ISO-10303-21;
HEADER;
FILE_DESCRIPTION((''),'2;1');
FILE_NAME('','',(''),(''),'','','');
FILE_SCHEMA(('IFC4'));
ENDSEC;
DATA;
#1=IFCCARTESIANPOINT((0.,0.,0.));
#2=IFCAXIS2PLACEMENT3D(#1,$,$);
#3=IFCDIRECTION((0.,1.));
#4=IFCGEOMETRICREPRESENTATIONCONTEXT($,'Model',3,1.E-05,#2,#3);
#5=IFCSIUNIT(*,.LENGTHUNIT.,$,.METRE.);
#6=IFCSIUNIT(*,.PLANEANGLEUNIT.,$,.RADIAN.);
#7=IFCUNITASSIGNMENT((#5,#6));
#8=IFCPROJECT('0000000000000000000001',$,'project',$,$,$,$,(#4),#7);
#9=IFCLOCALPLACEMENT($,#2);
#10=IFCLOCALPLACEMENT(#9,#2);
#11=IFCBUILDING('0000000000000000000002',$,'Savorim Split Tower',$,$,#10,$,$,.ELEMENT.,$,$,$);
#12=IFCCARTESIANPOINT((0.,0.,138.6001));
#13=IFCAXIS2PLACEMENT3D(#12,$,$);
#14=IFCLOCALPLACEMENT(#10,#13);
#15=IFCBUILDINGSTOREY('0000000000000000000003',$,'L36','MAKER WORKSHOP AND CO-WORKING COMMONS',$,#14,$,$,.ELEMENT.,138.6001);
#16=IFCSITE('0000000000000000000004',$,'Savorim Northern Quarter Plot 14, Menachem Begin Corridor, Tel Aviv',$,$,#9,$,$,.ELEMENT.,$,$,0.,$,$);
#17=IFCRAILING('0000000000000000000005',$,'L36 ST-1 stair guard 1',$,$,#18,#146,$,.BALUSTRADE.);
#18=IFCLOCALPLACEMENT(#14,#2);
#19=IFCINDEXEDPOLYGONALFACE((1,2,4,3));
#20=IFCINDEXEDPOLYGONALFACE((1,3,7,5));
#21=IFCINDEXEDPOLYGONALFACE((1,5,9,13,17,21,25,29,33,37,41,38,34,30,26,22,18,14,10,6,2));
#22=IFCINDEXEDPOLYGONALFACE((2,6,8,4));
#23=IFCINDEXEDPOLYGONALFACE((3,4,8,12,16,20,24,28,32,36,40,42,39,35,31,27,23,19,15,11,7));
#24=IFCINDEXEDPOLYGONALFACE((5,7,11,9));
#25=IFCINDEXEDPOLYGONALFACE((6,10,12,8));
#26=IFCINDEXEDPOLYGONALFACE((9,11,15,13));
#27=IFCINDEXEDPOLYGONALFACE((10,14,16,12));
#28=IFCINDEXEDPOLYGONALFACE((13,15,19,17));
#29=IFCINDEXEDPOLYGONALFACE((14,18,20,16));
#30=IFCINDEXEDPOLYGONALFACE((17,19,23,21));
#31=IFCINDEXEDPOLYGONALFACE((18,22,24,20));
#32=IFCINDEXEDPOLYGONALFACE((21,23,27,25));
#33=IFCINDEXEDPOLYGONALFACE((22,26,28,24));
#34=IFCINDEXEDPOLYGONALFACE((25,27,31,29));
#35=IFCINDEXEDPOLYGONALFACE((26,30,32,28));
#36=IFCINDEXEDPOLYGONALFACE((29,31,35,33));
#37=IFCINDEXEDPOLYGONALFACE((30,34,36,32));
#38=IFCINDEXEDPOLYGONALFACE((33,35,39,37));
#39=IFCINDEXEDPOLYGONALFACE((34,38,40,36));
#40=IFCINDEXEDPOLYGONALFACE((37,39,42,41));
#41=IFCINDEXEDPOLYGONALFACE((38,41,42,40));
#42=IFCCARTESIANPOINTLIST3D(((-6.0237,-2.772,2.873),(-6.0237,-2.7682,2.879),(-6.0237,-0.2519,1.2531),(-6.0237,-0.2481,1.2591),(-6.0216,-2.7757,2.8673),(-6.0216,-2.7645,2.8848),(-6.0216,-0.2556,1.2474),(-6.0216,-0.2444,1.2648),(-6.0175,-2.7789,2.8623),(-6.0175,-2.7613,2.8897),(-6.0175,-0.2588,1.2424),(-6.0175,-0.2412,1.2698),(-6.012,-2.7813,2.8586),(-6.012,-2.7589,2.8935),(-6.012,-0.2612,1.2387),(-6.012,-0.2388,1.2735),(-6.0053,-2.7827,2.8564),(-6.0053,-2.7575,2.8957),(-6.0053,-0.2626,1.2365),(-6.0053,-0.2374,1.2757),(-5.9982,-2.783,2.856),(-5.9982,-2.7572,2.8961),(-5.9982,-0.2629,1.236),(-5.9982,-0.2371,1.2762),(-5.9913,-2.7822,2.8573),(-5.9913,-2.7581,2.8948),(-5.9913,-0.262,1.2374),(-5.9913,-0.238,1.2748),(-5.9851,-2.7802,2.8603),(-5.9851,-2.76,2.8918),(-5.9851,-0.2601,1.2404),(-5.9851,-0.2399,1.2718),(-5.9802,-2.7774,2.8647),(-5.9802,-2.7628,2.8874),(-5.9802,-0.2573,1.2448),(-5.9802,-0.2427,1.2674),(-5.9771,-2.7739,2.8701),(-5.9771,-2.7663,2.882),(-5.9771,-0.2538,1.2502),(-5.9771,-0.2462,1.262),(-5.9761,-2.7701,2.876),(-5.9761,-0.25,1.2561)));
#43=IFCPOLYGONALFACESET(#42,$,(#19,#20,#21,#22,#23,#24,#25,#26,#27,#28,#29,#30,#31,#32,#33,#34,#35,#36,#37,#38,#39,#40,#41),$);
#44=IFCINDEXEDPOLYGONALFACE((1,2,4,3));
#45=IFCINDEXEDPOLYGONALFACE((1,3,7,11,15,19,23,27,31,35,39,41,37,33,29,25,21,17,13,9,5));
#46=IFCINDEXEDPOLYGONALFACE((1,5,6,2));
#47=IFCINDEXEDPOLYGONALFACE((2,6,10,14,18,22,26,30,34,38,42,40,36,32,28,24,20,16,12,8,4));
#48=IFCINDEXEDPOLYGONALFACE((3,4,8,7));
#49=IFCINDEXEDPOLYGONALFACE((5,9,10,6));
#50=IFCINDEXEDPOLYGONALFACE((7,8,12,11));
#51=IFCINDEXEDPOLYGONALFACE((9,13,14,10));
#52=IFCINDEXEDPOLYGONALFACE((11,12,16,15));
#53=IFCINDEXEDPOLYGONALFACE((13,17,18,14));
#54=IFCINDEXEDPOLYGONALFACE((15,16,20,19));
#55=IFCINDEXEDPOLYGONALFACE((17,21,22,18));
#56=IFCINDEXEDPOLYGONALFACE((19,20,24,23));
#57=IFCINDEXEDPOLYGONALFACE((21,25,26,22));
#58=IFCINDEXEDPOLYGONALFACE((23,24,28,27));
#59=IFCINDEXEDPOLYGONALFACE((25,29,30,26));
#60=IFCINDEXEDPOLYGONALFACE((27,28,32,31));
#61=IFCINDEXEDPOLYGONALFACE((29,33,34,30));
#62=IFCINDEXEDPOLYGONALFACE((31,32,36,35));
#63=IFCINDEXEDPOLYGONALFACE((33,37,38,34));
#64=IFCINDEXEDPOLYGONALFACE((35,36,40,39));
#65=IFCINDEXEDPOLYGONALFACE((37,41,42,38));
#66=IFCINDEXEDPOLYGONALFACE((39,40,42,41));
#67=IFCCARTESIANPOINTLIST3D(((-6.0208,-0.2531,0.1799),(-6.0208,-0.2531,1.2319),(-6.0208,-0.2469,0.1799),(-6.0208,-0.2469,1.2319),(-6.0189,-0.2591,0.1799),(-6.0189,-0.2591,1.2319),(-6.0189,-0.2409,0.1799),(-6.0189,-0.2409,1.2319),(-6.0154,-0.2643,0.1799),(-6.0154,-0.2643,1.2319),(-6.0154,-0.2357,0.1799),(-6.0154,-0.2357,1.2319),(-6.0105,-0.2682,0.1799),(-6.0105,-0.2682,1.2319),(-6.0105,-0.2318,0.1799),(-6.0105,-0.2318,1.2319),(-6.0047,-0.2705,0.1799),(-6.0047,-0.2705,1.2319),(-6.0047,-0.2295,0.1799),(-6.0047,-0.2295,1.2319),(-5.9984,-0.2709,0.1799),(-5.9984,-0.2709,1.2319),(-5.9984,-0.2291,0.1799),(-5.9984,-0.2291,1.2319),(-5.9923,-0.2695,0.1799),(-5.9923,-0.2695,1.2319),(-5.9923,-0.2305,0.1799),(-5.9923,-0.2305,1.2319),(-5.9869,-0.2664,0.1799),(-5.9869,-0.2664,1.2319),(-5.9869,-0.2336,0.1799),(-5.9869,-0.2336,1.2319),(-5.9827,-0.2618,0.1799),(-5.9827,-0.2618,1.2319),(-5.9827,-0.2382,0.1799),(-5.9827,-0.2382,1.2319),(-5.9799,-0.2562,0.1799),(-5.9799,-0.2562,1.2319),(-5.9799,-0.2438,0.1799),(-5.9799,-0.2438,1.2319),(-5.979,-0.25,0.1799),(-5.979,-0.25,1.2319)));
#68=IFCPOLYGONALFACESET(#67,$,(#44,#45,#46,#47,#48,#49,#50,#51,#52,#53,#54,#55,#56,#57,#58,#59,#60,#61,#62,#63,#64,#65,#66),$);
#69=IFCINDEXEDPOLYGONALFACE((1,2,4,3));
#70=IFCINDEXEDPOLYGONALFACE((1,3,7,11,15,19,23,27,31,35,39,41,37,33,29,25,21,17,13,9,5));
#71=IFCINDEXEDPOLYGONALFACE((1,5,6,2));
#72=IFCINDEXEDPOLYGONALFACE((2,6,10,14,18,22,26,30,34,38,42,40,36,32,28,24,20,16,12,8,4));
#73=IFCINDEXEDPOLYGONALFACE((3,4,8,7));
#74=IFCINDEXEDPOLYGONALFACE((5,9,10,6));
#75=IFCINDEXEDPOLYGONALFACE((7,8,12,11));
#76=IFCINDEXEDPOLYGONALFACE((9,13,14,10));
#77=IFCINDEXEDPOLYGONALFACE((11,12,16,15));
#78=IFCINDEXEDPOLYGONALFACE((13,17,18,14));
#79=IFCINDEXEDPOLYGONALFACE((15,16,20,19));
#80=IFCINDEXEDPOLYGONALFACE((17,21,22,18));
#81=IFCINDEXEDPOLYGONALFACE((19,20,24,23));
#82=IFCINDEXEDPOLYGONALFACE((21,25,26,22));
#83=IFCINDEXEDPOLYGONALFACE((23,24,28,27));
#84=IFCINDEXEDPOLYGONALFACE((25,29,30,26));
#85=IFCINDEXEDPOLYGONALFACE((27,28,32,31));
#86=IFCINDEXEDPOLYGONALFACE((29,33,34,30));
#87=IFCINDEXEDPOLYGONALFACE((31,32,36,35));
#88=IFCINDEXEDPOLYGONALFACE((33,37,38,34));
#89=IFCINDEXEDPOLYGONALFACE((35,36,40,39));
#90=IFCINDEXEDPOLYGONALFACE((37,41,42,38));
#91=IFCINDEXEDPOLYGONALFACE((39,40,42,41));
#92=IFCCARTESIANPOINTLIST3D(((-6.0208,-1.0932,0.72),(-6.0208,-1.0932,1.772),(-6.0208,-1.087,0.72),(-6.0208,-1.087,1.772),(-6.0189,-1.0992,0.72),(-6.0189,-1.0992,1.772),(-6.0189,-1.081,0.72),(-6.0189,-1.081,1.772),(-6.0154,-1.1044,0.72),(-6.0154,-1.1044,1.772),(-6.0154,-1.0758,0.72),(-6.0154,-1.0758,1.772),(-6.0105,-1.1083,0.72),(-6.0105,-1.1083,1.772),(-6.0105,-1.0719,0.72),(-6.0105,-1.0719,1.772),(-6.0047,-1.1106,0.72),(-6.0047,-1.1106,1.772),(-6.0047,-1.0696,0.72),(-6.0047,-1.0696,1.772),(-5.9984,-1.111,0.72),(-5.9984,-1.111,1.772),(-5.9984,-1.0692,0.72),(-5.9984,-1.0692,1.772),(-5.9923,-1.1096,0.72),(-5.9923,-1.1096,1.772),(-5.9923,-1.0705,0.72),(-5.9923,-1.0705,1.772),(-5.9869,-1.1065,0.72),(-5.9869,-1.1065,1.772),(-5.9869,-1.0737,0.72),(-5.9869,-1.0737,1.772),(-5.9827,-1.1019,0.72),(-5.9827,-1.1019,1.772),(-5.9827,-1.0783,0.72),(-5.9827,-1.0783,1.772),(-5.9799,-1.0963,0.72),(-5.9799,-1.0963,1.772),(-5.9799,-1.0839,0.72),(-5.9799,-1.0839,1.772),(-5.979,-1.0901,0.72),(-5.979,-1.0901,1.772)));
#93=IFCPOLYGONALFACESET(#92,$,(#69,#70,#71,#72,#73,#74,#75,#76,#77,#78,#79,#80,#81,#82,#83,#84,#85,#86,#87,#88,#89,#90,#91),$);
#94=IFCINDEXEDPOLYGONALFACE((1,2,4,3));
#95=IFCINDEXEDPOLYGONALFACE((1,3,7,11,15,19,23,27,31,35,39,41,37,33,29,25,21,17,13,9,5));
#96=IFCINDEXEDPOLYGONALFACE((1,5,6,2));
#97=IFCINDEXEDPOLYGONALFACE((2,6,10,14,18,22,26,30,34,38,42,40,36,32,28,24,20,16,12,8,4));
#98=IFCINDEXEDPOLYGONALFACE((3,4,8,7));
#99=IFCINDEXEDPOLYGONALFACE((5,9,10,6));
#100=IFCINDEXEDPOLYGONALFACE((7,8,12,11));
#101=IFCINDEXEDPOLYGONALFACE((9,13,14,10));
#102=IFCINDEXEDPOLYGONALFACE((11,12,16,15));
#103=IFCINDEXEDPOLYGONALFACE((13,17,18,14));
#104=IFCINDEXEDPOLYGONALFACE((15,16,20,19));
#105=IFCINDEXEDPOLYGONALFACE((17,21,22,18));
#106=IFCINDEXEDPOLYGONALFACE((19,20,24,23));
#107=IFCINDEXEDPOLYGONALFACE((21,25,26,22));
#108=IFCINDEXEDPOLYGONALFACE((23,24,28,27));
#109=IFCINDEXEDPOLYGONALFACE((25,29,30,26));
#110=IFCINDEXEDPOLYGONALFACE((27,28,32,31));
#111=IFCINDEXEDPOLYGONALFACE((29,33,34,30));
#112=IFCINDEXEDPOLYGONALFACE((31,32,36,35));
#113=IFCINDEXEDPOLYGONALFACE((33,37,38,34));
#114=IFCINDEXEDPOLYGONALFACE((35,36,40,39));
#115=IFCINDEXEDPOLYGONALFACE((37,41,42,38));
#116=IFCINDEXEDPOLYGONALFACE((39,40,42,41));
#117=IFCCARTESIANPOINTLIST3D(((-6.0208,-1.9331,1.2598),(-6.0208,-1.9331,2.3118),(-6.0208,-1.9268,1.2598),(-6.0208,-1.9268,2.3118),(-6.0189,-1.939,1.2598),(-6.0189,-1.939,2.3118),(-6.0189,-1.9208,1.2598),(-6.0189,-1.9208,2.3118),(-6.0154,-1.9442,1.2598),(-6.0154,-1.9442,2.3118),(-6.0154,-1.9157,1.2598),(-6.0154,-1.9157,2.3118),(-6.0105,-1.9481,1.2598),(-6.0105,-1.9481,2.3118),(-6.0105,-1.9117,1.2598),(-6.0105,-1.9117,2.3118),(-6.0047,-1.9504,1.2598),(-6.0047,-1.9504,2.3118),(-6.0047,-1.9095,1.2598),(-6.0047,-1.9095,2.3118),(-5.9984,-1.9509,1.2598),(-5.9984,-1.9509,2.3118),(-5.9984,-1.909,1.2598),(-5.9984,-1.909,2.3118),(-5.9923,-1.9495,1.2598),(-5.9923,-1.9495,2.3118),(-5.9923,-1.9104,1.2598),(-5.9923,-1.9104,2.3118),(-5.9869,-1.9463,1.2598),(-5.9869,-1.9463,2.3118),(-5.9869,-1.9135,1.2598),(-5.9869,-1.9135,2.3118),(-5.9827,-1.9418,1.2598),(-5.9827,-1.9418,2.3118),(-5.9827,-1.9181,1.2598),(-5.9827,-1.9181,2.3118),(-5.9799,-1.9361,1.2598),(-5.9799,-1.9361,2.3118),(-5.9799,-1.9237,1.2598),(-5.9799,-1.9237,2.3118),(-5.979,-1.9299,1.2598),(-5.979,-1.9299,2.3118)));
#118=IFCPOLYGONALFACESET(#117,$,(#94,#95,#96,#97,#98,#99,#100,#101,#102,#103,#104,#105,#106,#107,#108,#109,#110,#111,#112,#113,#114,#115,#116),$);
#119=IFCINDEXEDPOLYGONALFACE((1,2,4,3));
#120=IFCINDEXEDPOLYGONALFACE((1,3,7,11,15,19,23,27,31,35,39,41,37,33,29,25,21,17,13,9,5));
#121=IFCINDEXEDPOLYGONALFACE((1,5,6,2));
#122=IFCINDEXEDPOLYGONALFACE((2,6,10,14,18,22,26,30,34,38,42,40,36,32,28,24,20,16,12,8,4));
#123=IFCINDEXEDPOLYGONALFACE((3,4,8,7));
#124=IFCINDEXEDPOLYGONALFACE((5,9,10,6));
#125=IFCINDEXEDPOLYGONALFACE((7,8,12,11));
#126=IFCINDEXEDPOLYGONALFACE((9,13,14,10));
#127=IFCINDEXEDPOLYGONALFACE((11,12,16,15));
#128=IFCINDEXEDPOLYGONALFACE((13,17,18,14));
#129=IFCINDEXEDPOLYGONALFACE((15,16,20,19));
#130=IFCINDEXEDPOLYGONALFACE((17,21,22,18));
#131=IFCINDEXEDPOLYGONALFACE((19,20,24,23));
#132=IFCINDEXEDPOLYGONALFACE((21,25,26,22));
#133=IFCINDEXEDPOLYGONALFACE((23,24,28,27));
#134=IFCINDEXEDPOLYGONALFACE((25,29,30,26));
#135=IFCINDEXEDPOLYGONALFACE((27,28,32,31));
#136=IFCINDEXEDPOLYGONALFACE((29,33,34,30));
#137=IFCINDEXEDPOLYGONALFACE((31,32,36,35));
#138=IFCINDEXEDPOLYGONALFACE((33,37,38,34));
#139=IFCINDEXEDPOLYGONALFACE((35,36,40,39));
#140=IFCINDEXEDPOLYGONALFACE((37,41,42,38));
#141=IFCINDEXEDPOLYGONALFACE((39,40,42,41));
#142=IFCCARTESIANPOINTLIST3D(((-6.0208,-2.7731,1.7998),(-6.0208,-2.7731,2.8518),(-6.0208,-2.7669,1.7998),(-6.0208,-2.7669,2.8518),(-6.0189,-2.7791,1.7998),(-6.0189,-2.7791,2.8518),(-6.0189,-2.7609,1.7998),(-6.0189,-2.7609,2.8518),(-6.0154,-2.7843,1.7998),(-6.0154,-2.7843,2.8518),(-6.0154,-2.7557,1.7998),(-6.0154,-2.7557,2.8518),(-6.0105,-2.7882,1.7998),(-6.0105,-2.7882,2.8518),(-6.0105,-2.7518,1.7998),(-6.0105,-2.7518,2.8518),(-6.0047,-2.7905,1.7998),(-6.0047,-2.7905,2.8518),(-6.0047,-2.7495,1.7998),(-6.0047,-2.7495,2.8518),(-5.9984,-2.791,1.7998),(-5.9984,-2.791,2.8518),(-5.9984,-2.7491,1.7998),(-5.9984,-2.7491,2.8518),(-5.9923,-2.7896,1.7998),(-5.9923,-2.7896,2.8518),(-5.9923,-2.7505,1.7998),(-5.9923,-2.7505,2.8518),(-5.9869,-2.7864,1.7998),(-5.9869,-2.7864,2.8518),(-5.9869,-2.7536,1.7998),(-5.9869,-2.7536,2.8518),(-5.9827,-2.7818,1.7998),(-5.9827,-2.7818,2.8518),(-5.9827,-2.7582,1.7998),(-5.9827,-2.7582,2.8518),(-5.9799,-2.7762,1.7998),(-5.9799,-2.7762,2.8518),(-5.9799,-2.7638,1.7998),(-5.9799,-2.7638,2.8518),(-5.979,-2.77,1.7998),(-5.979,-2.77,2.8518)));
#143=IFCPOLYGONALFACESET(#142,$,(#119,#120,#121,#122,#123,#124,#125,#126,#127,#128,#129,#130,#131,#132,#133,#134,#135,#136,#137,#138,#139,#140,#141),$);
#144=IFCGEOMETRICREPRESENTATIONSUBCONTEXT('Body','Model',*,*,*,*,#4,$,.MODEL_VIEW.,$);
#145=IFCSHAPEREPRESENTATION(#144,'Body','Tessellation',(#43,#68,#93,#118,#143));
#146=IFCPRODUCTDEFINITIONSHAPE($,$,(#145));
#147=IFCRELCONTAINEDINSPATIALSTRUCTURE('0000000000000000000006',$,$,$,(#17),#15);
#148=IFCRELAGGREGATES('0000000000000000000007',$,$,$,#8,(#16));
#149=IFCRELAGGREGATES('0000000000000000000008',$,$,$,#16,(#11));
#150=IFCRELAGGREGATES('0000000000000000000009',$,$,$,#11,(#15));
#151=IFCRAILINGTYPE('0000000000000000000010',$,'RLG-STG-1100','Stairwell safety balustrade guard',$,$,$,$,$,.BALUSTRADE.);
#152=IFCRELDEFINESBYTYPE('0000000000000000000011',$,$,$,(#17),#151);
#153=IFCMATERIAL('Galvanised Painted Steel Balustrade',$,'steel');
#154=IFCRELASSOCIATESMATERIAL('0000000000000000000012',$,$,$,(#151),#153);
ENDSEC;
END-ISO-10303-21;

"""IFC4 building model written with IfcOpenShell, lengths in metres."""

from ifc_helpers import new_model, si_unit, direction, frame, origin, origin_2d, place, context, subcontext, project, spatial, circle, extrude, material, type_object, element, save


model = new_model("IFC4")

# Units and contexts
model_context = context("Model", 3, precision=1e-05, world=origin(), true_north=direction((0.0, 1.0)))
body_context = subcontext(model_context, "Body", "Model", "MODEL_VIEW")
ifc_project = project(units=[si_unit("LENGTHUNIT", "METRE"), si_unit("PLANEANGLEUNIT", "RADIAN")], contexts=[model_context])

# Site, building, storey
site_placement = place(None, origin())
site = spatial("IfcSite", under=ifc_project, at=site_placement, Name="Savorim Northern Quarter Plot 14, Menachem Begin Corridor, Tel Aviv", CompositionType="ELEMENT", RefElevation=0.0)
building_placement = place(site_placement, origin())
building = spatial("IfcBuilding", under=site, at=building_placement, Name="Savorim Split Tower", CompositionType="ELEMENT")
storey_placement = place(building_placement, frame((0.0, 0.0, 138.6001)))
storey = spatial("IfcBuildingStorey", under=building, at=storey_placement, Name="L36", Description="MAKER WORKSHOP AND CO-WORKING COMMONS", CompositionType="ELEMENT", Elevation=138.6001)

# Railing
ifc_material_1 = material(Name="Galvanised Painted Steel Balustrade", Category="steel")
railing_type_1 = type_object("IfcRailingType", Name="RLG-STG-1100", Description="Stairwell safety balustrade guard", PredefinedType="BALUSTRADE", material=ifc_material_1)
railing_1_placement = place(storey_placement, frame((-6.0, -0.25, 0.1799)))
element("IfcRailing", 1, at=railing_1_placement, inside=storey, type_object=railing_type_1, Name="L36 ST-1 stair guard 1", PredefinedType="BALUSTRADE", context=body_context, shape_type="SweptSolid", body=[
    extrude(circle(Radius=0.0239, at=origin_2d()), frame((0.0, 0.0, 1.0762), z_axis=(0.0, -0.8412, 0.540725), x_axis=(1.0, 0.0, 0.0)), (0.0, 0.0, 1.0), 2.9958),
    extrude(circle(Radius=0.021, at=origin_2d()), origin(), (0.0, 0.0, 1.0), 1.052),
    extrude(circle(Radius=0.021, at=origin_2d()), frame((0.0, -0.8401, 0.54)), (0.0, 0.0, 1.0), 1.052),
    extrude(circle(Radius=0.021, at=origin_2d()), frame((0.0, -1.6799, 1.0798)), (0.0, 0.0, 1.0), 1.052),
    extrude(circle(Radius=0.021, at=origin_2d()), frame((0.0, -2.52, 1.6199)), (0.0, 0.0, 1.0), 1.052),
])

save(model, "model.ifc")
